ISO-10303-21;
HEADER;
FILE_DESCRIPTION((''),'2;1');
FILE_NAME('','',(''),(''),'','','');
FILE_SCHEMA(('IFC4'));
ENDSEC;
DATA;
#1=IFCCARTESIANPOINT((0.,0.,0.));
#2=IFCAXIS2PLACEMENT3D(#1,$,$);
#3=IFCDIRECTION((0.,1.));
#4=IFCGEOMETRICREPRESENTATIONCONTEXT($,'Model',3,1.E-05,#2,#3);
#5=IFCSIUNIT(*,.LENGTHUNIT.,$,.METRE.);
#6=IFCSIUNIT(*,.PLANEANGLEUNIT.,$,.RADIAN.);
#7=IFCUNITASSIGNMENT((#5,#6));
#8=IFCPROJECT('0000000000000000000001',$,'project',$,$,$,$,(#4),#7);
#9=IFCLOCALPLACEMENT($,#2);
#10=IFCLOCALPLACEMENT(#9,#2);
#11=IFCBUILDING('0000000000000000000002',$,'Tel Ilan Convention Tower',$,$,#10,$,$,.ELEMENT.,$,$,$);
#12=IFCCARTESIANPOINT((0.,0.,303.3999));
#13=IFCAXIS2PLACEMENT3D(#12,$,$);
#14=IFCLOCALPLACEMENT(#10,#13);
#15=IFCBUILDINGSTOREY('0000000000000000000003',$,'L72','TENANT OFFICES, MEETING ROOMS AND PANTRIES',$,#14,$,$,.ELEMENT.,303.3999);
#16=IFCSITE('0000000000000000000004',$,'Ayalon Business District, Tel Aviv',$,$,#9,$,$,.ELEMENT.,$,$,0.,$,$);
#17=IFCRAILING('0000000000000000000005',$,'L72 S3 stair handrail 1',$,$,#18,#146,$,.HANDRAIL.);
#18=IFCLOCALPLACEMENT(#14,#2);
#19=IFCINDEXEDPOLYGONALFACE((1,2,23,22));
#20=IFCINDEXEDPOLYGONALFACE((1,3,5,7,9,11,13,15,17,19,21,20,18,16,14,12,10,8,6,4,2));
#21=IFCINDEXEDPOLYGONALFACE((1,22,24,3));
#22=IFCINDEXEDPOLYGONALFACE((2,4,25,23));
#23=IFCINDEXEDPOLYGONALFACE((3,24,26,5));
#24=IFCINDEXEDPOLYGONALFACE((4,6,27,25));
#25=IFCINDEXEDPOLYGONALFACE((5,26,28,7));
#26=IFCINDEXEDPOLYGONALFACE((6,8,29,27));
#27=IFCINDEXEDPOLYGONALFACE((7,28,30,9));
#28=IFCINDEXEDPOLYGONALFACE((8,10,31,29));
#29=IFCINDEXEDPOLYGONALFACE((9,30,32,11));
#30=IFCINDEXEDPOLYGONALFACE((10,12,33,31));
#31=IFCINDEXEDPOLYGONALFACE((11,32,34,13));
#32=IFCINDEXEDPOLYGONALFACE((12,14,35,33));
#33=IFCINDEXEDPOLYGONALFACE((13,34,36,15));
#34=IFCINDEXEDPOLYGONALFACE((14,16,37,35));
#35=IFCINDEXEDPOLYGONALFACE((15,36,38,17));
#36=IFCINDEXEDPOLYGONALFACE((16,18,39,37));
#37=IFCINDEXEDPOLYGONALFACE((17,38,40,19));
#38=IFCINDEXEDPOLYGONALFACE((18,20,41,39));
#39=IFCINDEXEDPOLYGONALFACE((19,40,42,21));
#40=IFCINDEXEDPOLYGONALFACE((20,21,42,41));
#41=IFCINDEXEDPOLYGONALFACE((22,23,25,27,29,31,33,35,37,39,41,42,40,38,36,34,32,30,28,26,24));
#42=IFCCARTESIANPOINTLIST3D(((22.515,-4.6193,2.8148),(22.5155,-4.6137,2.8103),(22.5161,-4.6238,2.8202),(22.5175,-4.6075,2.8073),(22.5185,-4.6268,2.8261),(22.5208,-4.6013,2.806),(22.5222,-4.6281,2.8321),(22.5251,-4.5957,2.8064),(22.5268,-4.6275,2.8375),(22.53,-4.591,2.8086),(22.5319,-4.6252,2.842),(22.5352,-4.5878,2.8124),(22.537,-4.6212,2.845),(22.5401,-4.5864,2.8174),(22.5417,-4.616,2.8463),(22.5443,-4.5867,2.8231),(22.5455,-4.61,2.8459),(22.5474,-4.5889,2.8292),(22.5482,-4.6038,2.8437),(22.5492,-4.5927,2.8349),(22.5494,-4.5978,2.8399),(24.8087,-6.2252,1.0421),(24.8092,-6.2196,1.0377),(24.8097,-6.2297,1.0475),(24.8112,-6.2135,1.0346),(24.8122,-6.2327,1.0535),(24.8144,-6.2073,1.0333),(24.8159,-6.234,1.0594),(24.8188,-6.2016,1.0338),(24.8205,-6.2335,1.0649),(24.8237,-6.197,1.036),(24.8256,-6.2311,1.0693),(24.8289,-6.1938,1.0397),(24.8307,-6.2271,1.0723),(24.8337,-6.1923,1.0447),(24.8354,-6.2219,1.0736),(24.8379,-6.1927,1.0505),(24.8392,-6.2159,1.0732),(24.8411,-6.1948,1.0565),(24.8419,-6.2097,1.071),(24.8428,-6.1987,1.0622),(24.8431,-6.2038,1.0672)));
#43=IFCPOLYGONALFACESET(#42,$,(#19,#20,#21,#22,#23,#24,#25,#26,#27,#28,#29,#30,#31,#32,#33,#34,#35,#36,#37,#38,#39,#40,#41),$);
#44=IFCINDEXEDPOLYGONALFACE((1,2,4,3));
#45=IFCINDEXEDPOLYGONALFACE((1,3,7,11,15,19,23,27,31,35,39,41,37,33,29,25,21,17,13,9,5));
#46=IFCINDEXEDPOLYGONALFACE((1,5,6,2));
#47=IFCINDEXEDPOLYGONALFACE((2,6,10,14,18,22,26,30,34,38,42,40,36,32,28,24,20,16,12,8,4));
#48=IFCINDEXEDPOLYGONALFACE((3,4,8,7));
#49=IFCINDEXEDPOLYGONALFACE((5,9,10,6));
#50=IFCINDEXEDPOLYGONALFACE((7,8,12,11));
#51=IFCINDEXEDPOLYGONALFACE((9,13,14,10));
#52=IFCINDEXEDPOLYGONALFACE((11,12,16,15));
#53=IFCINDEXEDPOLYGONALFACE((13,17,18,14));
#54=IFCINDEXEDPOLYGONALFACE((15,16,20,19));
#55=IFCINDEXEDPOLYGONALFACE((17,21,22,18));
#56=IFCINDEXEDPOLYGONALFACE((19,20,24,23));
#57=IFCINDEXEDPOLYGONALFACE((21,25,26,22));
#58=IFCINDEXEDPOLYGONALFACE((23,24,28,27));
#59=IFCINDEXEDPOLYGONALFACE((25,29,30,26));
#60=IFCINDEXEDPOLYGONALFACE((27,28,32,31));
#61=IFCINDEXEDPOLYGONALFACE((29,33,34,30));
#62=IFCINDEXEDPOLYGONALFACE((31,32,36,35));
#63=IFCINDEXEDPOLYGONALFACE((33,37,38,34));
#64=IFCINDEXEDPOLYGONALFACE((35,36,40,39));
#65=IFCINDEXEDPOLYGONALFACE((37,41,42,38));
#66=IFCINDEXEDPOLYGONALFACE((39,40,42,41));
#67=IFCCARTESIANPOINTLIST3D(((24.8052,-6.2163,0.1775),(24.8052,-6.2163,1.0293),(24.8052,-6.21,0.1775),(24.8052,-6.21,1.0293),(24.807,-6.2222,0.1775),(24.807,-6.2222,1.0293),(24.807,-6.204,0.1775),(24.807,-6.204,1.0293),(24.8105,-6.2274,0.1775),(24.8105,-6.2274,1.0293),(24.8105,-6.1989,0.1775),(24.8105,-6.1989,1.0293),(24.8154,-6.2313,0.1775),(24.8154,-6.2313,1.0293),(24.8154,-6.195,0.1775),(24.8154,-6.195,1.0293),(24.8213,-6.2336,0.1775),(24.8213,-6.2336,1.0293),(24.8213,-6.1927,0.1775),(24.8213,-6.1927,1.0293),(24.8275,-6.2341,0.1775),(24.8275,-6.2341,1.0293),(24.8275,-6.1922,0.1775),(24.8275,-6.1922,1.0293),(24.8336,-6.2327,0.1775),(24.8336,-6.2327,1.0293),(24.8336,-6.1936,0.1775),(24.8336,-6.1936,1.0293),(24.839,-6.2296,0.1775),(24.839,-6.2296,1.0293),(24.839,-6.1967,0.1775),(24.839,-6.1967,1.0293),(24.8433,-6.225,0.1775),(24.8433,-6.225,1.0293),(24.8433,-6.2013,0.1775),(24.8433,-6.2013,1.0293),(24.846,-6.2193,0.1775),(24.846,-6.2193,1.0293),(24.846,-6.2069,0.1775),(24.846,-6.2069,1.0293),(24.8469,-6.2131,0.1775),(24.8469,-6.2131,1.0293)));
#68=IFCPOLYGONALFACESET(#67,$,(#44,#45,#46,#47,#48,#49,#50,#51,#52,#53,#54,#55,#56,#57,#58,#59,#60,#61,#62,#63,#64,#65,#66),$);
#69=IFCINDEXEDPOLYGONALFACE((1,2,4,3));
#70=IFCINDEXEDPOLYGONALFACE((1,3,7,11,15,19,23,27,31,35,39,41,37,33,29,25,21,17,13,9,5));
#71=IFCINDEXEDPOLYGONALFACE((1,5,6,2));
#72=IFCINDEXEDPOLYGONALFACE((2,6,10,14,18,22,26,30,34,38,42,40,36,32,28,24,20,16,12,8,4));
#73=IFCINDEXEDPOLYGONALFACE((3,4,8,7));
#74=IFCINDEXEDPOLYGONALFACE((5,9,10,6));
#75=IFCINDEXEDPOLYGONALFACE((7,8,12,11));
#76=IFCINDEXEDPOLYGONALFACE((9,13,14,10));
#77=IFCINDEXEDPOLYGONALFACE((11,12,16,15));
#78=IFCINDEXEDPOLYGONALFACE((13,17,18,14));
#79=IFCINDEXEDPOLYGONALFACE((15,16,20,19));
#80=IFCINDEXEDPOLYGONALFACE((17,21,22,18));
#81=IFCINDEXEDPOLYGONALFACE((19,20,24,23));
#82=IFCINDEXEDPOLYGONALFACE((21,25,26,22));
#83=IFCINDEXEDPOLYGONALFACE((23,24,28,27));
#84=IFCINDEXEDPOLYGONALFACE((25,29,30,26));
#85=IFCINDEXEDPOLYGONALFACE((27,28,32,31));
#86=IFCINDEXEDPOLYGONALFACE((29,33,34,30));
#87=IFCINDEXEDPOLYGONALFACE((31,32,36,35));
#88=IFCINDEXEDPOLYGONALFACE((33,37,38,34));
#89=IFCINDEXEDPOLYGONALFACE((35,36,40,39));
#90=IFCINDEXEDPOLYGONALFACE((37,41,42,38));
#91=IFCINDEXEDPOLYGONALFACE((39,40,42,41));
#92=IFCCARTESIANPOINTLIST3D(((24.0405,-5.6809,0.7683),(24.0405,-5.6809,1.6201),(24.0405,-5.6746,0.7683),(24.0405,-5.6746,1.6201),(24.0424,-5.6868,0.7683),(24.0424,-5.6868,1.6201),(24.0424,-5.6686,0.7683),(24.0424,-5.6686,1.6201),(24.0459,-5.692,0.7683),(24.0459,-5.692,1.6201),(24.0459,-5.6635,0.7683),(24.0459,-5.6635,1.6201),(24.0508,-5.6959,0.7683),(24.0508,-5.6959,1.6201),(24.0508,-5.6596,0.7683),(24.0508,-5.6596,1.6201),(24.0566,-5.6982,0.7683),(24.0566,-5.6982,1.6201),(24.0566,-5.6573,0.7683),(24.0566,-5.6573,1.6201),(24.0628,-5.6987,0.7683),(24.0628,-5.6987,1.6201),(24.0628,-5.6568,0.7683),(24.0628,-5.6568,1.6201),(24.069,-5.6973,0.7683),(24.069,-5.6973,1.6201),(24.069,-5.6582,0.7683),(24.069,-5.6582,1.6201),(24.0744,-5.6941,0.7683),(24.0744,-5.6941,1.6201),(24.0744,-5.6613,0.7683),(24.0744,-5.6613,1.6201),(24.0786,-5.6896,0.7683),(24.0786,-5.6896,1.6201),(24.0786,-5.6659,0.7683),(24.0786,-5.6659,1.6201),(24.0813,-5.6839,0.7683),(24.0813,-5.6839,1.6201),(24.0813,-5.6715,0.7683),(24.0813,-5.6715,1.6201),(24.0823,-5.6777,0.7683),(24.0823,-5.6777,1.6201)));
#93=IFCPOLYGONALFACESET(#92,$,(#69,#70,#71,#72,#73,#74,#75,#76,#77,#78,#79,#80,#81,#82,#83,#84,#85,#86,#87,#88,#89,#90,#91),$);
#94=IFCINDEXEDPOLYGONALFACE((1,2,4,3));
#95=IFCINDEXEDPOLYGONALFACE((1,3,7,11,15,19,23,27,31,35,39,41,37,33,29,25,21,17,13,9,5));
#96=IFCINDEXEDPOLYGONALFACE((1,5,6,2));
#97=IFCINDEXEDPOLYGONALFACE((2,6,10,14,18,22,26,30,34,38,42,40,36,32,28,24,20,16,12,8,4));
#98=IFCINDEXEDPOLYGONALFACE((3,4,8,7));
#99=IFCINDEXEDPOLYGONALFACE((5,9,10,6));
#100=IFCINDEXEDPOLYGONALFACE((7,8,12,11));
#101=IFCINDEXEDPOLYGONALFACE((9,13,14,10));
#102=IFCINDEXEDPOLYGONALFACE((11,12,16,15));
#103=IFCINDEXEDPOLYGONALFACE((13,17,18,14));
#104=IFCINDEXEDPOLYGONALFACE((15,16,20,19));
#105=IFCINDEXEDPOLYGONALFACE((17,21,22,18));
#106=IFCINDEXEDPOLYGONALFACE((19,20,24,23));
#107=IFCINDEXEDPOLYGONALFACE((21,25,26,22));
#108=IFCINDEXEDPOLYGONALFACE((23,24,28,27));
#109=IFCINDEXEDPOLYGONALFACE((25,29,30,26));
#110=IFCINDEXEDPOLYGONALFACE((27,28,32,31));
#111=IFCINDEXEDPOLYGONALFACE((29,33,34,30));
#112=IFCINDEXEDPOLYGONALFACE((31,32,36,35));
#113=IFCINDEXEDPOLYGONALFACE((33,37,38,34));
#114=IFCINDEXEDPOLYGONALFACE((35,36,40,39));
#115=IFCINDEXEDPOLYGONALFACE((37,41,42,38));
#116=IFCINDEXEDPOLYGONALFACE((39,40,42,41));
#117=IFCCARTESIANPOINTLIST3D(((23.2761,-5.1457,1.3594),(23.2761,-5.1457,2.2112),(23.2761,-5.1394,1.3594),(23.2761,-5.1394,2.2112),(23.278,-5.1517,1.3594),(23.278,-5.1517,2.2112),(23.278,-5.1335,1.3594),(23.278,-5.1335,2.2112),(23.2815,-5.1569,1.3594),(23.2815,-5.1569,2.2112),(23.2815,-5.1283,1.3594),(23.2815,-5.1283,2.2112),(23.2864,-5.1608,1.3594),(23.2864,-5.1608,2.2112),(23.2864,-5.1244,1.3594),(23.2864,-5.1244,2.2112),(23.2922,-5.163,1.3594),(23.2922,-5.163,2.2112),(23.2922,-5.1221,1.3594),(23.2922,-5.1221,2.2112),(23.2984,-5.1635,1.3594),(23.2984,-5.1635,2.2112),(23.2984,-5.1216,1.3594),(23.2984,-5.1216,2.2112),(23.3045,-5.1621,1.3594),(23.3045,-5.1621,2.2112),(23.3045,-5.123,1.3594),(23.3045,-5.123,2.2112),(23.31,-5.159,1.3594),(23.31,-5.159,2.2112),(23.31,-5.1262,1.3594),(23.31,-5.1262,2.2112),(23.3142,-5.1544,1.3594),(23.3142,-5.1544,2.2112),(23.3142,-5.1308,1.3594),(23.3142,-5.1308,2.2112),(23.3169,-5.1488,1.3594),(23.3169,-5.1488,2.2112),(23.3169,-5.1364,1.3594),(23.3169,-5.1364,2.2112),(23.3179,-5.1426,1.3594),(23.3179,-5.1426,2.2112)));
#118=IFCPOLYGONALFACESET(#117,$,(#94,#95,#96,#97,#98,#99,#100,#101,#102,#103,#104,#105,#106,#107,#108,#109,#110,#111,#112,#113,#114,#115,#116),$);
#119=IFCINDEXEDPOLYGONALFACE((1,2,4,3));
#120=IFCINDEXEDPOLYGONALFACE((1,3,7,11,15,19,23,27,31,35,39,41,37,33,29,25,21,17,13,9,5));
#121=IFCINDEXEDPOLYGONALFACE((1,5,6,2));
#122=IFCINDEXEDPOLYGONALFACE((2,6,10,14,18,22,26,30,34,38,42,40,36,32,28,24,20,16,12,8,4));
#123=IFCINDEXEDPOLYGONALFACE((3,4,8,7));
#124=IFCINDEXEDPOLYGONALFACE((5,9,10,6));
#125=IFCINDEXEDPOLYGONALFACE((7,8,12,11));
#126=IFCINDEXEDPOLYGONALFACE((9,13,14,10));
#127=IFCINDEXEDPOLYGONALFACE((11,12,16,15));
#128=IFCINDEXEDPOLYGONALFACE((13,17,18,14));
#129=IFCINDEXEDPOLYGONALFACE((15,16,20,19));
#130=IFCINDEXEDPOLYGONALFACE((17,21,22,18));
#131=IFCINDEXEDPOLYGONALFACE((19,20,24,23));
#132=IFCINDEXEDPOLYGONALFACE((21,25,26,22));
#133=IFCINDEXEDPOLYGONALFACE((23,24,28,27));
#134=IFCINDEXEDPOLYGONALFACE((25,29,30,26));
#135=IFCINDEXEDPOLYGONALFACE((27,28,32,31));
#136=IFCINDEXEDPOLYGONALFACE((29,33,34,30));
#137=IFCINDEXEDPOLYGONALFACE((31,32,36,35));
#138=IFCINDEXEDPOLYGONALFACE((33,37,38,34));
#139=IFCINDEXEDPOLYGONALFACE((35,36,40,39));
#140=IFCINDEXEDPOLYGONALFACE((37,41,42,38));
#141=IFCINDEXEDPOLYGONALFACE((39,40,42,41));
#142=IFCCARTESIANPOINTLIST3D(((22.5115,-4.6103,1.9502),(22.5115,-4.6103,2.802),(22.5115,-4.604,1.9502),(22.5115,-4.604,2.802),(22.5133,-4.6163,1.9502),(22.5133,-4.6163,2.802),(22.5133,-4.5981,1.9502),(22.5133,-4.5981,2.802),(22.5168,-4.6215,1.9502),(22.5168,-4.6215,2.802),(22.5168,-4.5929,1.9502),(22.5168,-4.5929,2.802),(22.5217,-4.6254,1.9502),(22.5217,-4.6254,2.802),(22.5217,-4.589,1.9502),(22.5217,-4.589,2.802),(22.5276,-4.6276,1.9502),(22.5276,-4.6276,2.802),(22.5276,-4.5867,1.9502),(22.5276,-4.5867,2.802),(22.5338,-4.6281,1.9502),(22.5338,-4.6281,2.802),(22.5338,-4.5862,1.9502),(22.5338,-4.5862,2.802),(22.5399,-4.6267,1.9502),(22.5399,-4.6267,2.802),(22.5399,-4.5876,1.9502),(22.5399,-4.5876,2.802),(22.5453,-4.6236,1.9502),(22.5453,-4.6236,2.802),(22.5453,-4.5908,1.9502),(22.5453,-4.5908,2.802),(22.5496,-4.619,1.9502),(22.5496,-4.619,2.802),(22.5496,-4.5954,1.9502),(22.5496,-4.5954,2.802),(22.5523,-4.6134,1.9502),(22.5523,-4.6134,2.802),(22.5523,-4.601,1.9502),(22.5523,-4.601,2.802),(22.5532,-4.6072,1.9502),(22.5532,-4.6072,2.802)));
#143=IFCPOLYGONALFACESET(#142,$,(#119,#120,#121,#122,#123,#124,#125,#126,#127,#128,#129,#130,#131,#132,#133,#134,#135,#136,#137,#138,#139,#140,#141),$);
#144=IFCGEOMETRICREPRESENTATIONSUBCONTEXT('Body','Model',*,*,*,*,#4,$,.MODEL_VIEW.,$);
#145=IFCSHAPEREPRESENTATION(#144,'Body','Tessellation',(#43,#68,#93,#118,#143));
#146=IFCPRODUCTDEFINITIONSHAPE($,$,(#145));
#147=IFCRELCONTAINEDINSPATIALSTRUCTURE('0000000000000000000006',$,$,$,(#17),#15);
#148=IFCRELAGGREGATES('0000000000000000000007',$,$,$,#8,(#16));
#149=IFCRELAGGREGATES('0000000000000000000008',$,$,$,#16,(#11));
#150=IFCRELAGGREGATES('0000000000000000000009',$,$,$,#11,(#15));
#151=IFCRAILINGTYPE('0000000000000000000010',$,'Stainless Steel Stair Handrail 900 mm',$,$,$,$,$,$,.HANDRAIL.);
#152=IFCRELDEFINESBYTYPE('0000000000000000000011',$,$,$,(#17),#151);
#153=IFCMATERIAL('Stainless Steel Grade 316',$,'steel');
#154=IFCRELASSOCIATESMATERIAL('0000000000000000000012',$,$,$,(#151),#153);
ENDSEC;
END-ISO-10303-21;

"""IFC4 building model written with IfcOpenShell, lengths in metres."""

from ifc_helpers import new_model, si_unit, direction, frame, origin, origin_2d, place, context, subcontext, project, spatial, circle, extrude, material, type_object, element, save


model = new_model("IFC4")

# Units and contexts
model_context = context("Model", 3, precision=1e-05, world=origin(), true_north=direction((0.0, 1.0)))
body_context = subcontext(model_context, "Body", "Model", "MODEL_VIEW")
ifc_project = project(units=[si_unit("LENGTHUNIT", "METRE"), si_unit("PLANEANGLEUNIT", "RADIAN")], contexts=[model_context])

# Site, building, storey
site_placement = place(None, origin())
site = spatial("IfcSite", under=ifc_project, at=site_placement, Name="Ayalon Business District, Tel Aviv", CompositionType="ELEMENT", RefElevation=0.0)
building_placement = place(site_placement, origin())
building = spatial("IfcBuilding", under=site, at=building_placement, Name="Tel Ilan Convention Tower", CompositionType="ELEMENT")
storey_placement = place(building_placement, frame((0.0, 0.0, 303.3999)))
storey = spatial("IfcBuildingStorey", under=building, at=storey_placement, Name="L72", Description="TENANT OFFICES, MEETING ROOMS AND PANTRIES", CompositionType="ELEMENT", Elevation=303.3999)

# Railing
ifc_material_1 = material(Name="Stainless Steel Grade 316", Category="steel")
railing_type_1 = type_object("IfcRailingType", Name="Stainless Steel Stair Handrail 900 mm", PredefinedType="HANDRAIL", material=ifc_material_1)
for number, where, name in (
    (1, (24.8259, -6.2131, 0.1775), "L72 S3 stair handrail 1"),
):
    element("IfcRailing", number, at=place(storey_placement, frame(where)), inside=storey, type_object=railing_type_1, Name=name, PredefinedType="HANDRAIL", context=body_context, shape_type="SweptSolid", body=[
        extrude(circle(Radius=0.0239, at=origin_2d()), frame((0.0, 0.0, 0.876), z_axis=(-0.692123, 0.484597, 0.534913), x_axis=(-0.57355, -0.81917, 0.0)), (0.0, 0.0, 1.0), 3.314),
        extrude(circle(Radius=0.021, at=origin_2d()), origin(), (0.0, 0.0, 1.0), 0.8518),
        extrude(circle(Radius=0.021, at=origin_2d()), frame((-0.7646, 0.5354, 0.5908)), (0.0, 0.0, 1.0), 0.8518),
        extrude(circle(Radius=0.021, at=origin_2d()), frame((-1.5291, 1.0706, 1.1819)), (0.0, 0.0, 1.0), 0.8518),
        extrude(circle(Radius=0.021, at=origin_2d()), frame((-2.2937, 1.606, 1.7727)), (0.0, 0.0, 1.0), 0.8518),
    ])

save(model, "model.ifc")
